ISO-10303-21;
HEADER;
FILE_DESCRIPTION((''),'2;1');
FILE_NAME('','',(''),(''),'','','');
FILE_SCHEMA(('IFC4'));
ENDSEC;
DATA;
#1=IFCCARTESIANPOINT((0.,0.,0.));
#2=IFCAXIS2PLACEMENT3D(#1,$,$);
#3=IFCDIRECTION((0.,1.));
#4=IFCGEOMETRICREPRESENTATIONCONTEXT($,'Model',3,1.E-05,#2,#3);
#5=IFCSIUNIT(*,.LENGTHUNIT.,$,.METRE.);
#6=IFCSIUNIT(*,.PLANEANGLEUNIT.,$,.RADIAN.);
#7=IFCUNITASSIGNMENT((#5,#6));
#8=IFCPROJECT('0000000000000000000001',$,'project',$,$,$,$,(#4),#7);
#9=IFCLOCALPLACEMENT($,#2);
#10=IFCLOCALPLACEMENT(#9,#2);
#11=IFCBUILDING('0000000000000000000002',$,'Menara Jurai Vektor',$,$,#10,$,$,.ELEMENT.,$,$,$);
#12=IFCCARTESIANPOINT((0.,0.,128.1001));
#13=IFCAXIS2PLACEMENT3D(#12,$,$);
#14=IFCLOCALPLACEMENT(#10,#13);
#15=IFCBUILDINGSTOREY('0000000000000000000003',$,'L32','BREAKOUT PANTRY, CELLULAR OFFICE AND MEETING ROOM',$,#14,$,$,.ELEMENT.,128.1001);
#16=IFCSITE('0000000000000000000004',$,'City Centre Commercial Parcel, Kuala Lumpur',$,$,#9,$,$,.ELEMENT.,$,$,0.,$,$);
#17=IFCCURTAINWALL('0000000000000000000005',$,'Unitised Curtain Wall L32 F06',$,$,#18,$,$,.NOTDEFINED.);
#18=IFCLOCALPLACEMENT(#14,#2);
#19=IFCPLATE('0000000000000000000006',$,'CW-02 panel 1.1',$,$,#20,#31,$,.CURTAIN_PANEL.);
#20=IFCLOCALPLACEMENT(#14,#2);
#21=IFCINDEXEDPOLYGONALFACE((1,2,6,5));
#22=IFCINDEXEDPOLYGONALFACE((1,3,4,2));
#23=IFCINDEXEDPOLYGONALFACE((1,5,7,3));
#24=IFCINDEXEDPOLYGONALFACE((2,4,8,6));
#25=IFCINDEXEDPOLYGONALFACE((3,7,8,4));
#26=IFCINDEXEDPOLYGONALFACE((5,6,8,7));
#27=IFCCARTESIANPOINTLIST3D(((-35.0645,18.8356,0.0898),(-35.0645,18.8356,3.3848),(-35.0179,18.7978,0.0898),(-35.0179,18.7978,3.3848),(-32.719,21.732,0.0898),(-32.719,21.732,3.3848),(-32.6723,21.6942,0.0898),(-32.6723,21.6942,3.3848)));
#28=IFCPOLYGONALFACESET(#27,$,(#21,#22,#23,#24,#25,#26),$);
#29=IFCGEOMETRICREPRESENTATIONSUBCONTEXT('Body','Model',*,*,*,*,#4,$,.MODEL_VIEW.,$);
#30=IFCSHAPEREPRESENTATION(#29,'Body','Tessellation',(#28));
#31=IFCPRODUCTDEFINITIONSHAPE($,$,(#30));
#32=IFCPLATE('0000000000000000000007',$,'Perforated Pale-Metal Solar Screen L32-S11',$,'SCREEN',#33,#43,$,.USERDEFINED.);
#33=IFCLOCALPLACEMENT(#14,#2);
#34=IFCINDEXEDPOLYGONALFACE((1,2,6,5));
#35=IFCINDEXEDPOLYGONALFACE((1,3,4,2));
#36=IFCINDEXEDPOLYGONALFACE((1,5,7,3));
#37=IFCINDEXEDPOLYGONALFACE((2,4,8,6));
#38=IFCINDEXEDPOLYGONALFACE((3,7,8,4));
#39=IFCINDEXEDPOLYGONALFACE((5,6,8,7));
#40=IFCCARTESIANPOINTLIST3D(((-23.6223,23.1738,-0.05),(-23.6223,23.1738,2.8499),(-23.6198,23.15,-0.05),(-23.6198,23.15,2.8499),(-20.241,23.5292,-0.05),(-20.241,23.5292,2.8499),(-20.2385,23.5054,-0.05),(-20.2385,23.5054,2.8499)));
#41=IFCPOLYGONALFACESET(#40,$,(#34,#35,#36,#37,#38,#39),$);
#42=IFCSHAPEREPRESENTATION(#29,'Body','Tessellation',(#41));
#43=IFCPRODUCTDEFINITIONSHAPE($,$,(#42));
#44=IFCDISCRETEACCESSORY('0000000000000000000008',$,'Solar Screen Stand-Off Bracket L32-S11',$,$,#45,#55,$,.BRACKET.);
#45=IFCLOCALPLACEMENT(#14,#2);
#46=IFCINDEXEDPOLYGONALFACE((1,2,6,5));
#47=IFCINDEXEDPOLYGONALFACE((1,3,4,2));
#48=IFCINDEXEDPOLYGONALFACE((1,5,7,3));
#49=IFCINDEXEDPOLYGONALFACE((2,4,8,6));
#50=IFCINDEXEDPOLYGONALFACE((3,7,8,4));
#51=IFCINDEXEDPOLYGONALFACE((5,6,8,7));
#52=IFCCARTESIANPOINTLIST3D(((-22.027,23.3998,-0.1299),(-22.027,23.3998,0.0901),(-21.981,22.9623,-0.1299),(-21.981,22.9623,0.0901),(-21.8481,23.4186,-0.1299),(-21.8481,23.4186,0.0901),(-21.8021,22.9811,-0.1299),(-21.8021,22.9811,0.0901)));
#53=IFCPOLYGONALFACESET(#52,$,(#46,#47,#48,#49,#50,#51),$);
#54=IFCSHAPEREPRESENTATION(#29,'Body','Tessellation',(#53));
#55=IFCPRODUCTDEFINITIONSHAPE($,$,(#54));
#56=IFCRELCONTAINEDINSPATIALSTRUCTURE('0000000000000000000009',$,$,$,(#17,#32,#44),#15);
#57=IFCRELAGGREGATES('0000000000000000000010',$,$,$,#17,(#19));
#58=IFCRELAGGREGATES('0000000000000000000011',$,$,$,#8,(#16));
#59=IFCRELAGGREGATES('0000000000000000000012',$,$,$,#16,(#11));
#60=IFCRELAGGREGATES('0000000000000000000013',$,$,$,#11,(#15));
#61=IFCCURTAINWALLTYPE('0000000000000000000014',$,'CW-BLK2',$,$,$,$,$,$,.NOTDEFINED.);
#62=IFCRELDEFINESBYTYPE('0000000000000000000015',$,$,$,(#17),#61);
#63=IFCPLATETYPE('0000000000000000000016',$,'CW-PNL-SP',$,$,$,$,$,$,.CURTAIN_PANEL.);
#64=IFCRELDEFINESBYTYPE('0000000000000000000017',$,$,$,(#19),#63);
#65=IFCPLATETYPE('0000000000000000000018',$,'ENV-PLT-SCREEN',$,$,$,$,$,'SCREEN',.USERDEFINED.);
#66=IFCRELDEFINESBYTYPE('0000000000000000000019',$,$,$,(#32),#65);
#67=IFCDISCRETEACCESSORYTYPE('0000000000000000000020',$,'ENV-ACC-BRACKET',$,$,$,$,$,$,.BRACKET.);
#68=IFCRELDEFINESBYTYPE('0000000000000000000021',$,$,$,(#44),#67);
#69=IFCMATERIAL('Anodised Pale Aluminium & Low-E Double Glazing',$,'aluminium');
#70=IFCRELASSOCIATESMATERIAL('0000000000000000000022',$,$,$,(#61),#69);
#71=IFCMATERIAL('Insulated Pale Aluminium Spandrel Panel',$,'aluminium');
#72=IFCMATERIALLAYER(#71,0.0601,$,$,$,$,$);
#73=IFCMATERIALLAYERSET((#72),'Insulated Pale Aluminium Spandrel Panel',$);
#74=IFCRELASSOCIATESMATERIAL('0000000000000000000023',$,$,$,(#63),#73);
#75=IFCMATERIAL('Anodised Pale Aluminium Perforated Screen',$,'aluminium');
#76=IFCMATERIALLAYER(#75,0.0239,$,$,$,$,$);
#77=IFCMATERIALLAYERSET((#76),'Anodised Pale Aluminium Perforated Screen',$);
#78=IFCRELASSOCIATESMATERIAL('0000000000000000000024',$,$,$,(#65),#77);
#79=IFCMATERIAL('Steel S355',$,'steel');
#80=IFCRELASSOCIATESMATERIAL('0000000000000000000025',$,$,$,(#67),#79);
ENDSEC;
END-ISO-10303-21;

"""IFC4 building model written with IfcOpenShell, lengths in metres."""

from ifc_helpers import new_model, si_unit, direction, frame, origin, origin_2d, place, context, subcontext, project, spatial, rectangle, extrude, material, layer, layer_set, type_object, element, aggregate, save


model = new_model("IFC4")

# Units and contexts
model_context = context("Model", 3, precision=1e-05, world=origin(), true_north=direction((0.0, 1.0)))
body_context = subcontext(model_context, "Body", "Model", "MODEL_VIEW")
ifc_project = project(units=[si_unit("LENGTHUNIT", "METRE"), si_unit("PLANEANGLEUNIT", "RADIAN")], contexts=[model_context])

# Site, building, storey
site_placement = place(None, origin())
site = spatial("IfcSite", under=ifc_project, at=site_placement, Name="City Centre Commercial Parcel, Kuala Lumpur", CompositionType="ELEMENT", RefElevation=0.0)
building_placement = place(site_placement, origin())
building = spatial("IfcBuilding", under=site, at=building_placement, Name="Menara Jurai Vektor", CompositionType="ELEMENT")
storey_placement = place(building_placement, frame((0.0, 0.0, 128.1001)))
storey = spatial("IfcBuildingStorey", under=building, at=storey_placement, Name="L32", Description="BREAKOUT PANTRY, CELLULAR OFFICE AND MEETING ROOM", CompositionType="ELEMENT", Elevation=128.1001)

# Curtain wall
ifc_material_1 = material(Name="Anodised Pale Aluminium & Low-E Double Glazing", Category="aluminium")
curtain_wall_type = type_object("IfcCurtainWallType", Name="CW-BLK2", PredefinedType="NOTDEFINED", material=ifc_material_1)
curtain_wall_1_placement = place(storey_placement, origin())
curtain_wall_1 = element("IfcCurtainWall", 1, at=curtain_wall_1_placement, inside=storey, type_object=curtain_wall_type, Name="Unitised Curtain Wall L32 F06", PredefinedType="NOTDEFINED")

# Shared definitions
ifc_material_2 = material(Name="Steel S355", Category="steel")

# Plates
ifc_material_3 = material(Name="Insulated Pale Aluminium Spandrel Panel", Category="aluminium")
ifc_layer_1 = layer(ifc_material_3, 0.0601)
ifc_layer_set_1 = layer_set([ifc_layer_1], Name="Insulated Pale Aluminium Spandrel Panel")
plate_type_1 = type_object("IfcPlateType", Name="CW-PNL-SP", PredefinedType="CURTAIN_PANEL", material=ifc_layer_set_1)
plate_1_placement = place(storey_placement, frame((-33.8684, 20.2649, 0.0898), z_axis=(0.0, 0.0, 1.0), x_axis=(-0.629341, -0.777129, 0.0)))
plate_1 = element("IfcPlate", 2, at=plate_1_placement, type_object=plate_type_1, Name="CW-02 panel 1.1", PredefinedType="CURTAIN_PANEL", context=body_context, shape_type="SweptSolid", body=[
    extrude(rectangle(XDim=3.7271, YDim=0.0601, at=origin_2d()), origin(), (0.0, 0.0, 1.0), 3.2949),
])
aggregate(curtain_wall_1, [plate_1])
ifc_material_4 = material(Name="Anodised Pale Aluminium Perforated Screen", Category="aluminium")
ifc_layer_2 = layer(ifc_material_4, 0.0239)
ifc_layer_set_2 = layer_set([ifc_layer_2], Name="Anodised Pale Aluminium Perforated Screen")
plate_type_2 = type_object("IfcPlateType", Name="ENV-PLT-SCREEN", ElementType="SCREEN", PredefinedType="USERDEFINED", material=ifc_layer_set_2)
plate_2_placement = place(storey_placement, frame((-21.9304, 23.3396, -0.05), z_axis=(0.0, 0.0, 1.0), x_axis=(-0.994522, -0.104528, 0.0)))
element("IfcPlate", 3, at=plate_2_placement, inside=storey, type_object=plate_type_2, Name="Perforated Pale-Metal Solar Screen L32-S11", ObjectType="SCREEN", PredefinedType="USERDEFINED", context=body_context, shape_type="SweptSolid", body=[
    extrude(rectangle(XDim=3.3999, YDim=0.0239, at=origin_2d()), origin(), (0.0, 0.0, 1.0), 2.8999),
])

# Discrete accessory
discrete_accessory_type = type_object("IfcDiscreteAccessoryType", Name="ENV-ACC-BRACKET", PredefinedType="BRACKET", material=ifc_material_2)
discrete_accessory_placement = place(storey_placement, frame((-21.9146, 23.1904, -0.1299), z_axis=(0.0, 0.0, 1.0), x_axis=(-0.994522, -0.104528, 0.0)))
element("IfcDiscreteAccessory", 4, at=discrete_accessory_placement, inside=storey, type_object=discrete_accessory_type, Name="Solar Screen Stand-Off Bracket L32-S11", PredefinedType="BRACKET", context=body_context, shape_type="SweptSolid", body=[
    extrude(rectangle(XDim=0.1799, YDim=0.4399, at=origin_2d()), origin(), (0.0, 0.0, 1.0), 0.22),
])

save(model, "model.ifc")
